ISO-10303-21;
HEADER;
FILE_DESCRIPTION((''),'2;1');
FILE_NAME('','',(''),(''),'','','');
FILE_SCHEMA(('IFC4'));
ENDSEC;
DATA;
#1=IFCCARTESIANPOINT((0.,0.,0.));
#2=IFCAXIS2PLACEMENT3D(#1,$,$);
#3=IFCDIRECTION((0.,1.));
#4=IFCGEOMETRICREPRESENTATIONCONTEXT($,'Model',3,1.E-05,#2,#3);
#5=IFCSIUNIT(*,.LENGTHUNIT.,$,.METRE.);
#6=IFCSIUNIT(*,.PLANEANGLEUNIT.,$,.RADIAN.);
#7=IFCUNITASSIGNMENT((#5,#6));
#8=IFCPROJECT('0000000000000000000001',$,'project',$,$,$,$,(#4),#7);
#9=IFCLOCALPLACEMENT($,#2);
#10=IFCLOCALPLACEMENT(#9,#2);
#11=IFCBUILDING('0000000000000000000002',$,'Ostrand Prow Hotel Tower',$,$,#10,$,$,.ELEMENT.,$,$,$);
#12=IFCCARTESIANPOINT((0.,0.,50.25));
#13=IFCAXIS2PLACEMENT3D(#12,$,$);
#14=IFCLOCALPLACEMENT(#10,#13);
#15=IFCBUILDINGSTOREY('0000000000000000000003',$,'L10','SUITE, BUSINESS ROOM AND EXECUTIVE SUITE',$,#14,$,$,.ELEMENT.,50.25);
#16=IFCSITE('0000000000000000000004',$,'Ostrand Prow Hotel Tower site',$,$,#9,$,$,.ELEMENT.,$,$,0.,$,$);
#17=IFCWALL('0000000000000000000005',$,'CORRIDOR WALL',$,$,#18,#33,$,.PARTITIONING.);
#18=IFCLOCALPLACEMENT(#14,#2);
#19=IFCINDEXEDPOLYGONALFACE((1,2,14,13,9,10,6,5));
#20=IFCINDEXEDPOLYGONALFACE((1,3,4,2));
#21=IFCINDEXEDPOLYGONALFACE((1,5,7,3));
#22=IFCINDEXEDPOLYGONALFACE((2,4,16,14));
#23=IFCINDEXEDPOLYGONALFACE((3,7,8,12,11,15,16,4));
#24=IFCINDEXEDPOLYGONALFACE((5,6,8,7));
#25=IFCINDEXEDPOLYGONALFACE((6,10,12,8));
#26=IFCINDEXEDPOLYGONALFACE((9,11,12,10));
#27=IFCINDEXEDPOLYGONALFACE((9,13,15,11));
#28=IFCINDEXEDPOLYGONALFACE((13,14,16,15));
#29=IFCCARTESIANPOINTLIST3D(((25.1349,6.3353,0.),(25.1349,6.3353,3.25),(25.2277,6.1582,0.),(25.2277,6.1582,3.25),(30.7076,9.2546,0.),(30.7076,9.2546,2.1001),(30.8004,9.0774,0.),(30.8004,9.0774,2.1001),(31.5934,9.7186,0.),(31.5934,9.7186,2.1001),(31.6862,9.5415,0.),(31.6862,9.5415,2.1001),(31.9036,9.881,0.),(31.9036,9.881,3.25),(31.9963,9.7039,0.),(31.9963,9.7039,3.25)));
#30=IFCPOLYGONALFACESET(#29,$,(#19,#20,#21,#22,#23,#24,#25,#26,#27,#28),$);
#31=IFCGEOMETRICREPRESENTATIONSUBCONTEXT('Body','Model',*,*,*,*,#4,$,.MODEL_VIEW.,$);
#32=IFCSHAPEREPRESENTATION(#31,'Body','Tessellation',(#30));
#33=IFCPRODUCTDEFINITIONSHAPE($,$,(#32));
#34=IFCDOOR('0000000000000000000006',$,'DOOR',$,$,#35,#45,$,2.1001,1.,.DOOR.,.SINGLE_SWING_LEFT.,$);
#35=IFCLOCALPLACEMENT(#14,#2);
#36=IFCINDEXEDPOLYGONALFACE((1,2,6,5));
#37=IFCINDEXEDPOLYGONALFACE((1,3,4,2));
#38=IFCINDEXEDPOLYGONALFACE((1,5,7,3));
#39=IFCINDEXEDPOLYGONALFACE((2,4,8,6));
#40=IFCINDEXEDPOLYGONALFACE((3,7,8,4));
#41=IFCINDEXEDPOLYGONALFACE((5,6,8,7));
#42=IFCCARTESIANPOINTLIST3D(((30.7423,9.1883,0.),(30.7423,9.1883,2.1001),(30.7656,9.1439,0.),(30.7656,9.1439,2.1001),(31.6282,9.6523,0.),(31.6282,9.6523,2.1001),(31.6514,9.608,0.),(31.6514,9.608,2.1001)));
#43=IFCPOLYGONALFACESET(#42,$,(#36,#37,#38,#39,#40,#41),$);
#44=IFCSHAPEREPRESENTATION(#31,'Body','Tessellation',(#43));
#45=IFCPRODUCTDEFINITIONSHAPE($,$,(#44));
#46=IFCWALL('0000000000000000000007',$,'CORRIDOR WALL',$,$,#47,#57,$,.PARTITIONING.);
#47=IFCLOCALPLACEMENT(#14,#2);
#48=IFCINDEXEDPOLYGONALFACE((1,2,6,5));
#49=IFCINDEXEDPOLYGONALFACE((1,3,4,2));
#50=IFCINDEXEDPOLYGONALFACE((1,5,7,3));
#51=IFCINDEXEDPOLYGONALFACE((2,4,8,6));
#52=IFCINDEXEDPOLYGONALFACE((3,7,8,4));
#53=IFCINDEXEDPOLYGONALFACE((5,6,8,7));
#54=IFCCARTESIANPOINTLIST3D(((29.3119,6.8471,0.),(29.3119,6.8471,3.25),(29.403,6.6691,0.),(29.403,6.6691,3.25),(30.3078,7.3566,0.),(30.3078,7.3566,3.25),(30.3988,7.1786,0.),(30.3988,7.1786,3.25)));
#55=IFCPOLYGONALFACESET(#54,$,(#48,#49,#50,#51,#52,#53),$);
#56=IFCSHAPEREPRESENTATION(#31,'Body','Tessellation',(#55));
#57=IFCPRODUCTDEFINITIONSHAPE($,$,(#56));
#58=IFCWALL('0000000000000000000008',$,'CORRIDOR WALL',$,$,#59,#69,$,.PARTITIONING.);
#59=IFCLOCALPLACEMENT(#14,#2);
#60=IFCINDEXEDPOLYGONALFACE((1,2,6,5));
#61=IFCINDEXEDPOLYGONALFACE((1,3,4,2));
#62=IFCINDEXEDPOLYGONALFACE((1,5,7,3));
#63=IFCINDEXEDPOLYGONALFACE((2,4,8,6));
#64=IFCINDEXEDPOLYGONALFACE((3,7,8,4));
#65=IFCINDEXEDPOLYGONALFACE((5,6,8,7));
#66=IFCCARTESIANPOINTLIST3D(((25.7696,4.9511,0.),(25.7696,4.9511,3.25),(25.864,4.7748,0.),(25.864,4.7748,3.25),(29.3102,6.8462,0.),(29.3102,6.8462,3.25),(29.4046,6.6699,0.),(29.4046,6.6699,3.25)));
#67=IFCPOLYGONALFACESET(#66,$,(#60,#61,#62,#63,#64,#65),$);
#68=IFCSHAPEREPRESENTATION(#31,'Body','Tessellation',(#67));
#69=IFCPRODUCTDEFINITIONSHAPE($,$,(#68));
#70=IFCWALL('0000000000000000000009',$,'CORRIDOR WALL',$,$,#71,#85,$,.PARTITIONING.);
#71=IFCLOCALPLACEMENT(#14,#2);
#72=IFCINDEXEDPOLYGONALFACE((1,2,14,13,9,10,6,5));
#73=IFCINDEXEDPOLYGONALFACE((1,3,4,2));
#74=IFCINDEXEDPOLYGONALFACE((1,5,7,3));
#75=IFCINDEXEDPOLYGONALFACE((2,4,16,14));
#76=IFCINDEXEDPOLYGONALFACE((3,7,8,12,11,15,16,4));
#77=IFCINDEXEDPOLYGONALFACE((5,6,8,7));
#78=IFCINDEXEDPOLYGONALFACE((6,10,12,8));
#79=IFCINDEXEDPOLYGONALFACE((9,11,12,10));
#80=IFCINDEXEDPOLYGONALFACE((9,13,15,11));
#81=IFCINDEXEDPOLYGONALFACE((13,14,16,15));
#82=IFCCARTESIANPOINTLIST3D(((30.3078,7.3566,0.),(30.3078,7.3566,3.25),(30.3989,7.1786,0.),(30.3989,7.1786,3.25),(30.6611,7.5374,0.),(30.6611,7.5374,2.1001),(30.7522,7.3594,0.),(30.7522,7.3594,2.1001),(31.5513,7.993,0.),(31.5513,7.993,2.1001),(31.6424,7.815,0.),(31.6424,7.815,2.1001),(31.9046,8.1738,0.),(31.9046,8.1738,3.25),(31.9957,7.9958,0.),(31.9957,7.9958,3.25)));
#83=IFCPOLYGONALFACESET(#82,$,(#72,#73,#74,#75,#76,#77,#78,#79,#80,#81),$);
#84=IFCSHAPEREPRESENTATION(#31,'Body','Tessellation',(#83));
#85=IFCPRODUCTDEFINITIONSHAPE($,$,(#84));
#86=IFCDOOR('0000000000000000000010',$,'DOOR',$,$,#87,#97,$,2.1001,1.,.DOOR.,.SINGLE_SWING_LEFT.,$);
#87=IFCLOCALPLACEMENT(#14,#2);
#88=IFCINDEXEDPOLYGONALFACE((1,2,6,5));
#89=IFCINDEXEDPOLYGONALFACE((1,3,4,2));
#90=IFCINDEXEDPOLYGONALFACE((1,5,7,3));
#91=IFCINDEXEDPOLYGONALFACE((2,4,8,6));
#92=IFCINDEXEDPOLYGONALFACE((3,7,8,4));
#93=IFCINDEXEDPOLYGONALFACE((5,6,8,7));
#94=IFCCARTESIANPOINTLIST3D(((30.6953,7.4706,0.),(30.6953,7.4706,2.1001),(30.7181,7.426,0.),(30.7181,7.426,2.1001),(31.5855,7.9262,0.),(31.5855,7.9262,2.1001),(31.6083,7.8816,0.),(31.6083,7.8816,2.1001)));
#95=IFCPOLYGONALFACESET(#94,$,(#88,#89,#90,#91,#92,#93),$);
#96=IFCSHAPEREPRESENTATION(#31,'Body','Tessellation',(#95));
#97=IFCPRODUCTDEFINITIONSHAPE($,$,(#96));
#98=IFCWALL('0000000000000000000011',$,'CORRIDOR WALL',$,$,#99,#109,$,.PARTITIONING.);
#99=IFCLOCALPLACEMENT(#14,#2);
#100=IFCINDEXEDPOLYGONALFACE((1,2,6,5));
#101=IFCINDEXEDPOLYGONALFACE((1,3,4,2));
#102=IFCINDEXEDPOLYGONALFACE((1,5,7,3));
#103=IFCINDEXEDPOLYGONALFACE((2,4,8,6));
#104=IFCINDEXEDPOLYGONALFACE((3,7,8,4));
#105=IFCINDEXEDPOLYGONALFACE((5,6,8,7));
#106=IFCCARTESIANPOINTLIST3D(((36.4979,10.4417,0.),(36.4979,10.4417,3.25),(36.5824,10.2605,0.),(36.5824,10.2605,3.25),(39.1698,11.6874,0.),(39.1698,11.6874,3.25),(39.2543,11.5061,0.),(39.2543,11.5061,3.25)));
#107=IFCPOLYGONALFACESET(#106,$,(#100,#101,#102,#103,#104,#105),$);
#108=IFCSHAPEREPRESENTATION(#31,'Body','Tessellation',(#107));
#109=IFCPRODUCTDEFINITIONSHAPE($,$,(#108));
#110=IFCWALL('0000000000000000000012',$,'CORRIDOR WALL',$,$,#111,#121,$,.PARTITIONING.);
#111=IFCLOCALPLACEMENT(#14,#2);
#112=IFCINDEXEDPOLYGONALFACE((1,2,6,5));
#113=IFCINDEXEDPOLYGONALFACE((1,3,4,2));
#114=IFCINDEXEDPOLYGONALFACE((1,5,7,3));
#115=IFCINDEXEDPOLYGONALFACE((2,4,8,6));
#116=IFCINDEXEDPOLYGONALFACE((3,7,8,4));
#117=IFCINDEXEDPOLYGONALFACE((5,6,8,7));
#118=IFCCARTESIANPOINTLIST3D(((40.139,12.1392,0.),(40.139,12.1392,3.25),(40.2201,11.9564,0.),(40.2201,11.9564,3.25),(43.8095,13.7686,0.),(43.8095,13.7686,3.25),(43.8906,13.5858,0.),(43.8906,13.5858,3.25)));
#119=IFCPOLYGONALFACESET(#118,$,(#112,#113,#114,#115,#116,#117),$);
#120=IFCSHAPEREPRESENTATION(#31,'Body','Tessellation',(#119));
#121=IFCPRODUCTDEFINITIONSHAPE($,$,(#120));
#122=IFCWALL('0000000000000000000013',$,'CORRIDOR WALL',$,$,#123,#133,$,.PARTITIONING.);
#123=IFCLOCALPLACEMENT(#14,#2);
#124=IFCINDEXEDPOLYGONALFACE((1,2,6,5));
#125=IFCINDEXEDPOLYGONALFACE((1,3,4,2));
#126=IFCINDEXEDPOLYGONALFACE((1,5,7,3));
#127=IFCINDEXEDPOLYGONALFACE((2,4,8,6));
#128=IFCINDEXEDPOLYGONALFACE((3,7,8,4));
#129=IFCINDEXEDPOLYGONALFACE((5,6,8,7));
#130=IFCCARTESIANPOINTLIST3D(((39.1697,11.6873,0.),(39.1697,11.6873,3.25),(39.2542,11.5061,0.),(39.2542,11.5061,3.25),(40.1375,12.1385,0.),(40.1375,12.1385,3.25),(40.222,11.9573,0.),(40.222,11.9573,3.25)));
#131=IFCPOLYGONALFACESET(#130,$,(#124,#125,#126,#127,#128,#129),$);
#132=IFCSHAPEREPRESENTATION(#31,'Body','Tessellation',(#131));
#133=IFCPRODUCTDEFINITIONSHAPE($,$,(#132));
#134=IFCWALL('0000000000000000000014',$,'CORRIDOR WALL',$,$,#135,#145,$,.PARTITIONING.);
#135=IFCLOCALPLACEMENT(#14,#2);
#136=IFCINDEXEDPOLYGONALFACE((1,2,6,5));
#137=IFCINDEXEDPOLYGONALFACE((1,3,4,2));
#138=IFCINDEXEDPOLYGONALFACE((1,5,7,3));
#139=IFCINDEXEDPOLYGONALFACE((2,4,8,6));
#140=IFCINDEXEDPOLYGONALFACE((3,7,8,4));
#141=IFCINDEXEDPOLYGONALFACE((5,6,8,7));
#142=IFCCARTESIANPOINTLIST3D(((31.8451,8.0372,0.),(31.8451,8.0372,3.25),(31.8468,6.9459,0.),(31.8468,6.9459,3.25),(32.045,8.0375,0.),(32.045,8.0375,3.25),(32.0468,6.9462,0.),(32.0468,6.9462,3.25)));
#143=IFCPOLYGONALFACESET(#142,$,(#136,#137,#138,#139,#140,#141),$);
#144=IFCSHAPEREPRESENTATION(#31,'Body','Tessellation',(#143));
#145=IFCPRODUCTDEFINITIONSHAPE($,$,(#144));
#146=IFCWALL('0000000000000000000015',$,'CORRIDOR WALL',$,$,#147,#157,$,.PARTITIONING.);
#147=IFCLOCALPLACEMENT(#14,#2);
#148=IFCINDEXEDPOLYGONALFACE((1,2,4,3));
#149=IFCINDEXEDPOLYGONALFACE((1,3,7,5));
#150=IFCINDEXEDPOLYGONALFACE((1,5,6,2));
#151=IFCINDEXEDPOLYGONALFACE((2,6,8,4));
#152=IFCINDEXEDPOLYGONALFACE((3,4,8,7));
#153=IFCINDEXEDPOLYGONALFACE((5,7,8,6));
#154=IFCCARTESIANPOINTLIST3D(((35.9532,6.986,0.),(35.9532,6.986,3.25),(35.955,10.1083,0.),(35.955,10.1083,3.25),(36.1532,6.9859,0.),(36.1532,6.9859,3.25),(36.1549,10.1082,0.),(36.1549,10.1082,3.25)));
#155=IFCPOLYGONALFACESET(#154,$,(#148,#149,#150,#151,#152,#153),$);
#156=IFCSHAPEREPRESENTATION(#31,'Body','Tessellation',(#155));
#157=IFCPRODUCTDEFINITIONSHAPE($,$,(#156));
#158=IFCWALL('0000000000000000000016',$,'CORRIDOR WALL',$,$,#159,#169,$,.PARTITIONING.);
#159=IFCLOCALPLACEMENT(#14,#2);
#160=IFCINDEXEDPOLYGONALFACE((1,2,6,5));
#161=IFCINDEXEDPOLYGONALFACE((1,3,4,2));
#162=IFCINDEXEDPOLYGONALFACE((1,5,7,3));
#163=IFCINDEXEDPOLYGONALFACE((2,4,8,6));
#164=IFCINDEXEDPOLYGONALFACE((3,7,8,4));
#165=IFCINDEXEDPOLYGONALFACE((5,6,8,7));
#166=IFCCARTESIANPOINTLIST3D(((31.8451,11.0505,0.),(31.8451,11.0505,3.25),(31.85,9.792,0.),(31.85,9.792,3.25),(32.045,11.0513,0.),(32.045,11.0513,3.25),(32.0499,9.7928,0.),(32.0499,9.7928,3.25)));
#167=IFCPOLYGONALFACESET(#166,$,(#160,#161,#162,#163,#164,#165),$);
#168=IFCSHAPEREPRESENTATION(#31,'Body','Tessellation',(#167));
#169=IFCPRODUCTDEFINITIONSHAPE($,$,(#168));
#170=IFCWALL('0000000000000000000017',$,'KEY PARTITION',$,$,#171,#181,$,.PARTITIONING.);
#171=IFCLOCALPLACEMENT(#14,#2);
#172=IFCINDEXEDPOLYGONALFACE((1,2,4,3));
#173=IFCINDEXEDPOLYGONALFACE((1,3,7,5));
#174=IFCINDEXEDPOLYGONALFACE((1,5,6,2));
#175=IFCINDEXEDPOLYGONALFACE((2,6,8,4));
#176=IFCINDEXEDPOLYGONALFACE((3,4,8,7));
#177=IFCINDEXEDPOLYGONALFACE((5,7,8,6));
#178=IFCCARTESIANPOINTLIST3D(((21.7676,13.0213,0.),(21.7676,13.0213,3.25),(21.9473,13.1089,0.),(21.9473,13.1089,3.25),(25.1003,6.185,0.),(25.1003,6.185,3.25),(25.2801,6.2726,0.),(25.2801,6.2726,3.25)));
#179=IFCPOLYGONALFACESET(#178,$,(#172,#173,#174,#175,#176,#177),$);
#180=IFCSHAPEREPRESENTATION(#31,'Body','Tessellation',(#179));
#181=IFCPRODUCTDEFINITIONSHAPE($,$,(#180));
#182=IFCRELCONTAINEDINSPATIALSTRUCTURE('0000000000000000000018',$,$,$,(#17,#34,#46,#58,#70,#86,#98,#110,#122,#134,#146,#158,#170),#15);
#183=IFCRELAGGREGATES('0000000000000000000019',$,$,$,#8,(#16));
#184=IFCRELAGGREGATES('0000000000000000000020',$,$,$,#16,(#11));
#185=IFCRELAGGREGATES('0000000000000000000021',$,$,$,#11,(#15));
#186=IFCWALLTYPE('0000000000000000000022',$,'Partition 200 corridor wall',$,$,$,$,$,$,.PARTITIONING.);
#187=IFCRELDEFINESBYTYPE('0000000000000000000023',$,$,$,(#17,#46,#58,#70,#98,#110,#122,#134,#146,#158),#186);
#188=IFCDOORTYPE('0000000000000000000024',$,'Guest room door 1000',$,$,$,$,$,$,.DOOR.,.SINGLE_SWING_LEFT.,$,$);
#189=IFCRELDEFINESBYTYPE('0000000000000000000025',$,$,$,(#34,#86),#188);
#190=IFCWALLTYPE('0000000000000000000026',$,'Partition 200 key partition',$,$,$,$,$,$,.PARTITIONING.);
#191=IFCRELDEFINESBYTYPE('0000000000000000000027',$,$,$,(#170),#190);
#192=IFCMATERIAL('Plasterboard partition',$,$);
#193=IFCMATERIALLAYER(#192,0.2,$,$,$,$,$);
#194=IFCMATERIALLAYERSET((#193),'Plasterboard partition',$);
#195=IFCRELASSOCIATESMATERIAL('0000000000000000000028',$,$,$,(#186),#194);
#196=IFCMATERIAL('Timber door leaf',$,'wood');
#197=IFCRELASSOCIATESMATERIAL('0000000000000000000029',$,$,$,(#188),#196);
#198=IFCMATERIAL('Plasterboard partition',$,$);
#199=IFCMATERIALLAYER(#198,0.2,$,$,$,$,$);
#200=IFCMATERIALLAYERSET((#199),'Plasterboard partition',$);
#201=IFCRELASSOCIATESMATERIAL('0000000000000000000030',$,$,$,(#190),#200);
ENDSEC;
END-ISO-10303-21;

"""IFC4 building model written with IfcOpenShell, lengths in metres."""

from ifc_helpers import new_model, si_unit, direction, frame, frame_2d, origin, place, context, subcontext, project, spatial, rectangle, extrude, material, layer, layer_set, type_object, element, fill, save


model = new_model("IFC4")

# Units and contexts
model_context = context("Model", 3, precision=1e-05, world=origin(), true_north=direction((0.0, 1.0)))
body_context = subcontext(model_context, "Body", "Model", "MODEL_VIEW")
ifc_project = project(units=[si_unit("LENGTHUNIT", "METRE"), si_unit("PLANEANGLEUNIT", "RADIAN")], contexts=[model_context])

# Site, building, storey
site_placement = place(None, origin())
site = spatial("IfcSite", under=ifc_project, at=site_placement, Name="Ostrand Prow Hotel Tower site", CompositionType="ELEMENT", RefElevation=0.0)
building_placement = place(site_placement, origin())
building = spatial("IfcBuilding", under=site, at=building_placement, Name="Ostrand Prow Hotel Tower", CompositionType="ELEMENT")
storey_placement = place(building_placement, frame((0.0, 0.0, 50.25)))
storey = spatial("IfcBuildingStorey", under=building, at=storey_placement, Name="L10", Description="SUITE, BUSINESS ROOM AND EXECUTIVE SUITE", CompositionType="ELEMENT", Elevation=50.25)

# Wall, opening, door
ifc_material_1 = material(Name="Plasterboard partition")
ifc_layer_1 = layer(ifc_material_1, 0.2)
ifc_layer_set_1 = layer_set([ifc_layer_1], Name="Plasterboard partition")
wall_type_1 = type_object("IfcWallType", Name="Partition 200 corridor wall", PredefinedType="PARTITIONING", material=ifc_layer_set_1)
wall_1_placement = place(storey_placement, frame((31.95, 9.7925, 0.0), z_axis=(0.0, 0.0, 1.0), x_axis=(-0.88582, -0.46403, 0.0)))
wall_1 = element("IfcWall", 1, at=wall_1_placement, inside=storey, type_object=wall_type_1, Name="CORRIDOR WALL", PredefinedType="PARTITIONING", context=body_context, shape_type="SweptSolid", body=[
    extrude(rectangle(XDim=7.6411, YDim=0.2, at=frame_2d((3.8206, 0.0))), origin(), (0.0, 0.0, 1.0), 3.25),
])
opening_1_placement = place(wall_1_placement, frame((0.3501, 0.0, 0.0)))
opening_1 = element("IfcOpeningElement", 2, at=opening_1_placement, cuts=wall_1, PredefinedType="OPENING", context=body_context, shape_type="SweptSolid", body=[
    extrude(rectangle(XDim=1.0, YDim=2.1001, at=frame_2d((0.5, 1.05))), frame((0.0, 0.1099, 0.0), z_axis=(0.0, -1.0, 0.0), x_axis=(1.0, 0.0, 0.0)), (0.0, 0.0, 1.0), 0.22),
])
ifc_material_2 = material(Name="Timber door leaf", Category="wood")
door_type_1 = type_object("IfcDoorType", Name="Guest room door 1000", OperationType="SINGLE_SWING_LEFT", PredefinedType="DOOR", material=ifc_material_2)
door_1_placement = place(opening_1_placement, origin())
door_1 = element("IfcDoor", 3, at=door_1_placement, inside=storey, type_object=door_type_1, Name="DOOR", OperationType="SINGLE_SWING_LEFT", OverallHeight=2.1001, OverallWidth=1.0, PredefinedType="DOOR", context=body_context, shape_type="SweptSolid", body=[
    extrude(rectangle(XDim=1.0, YDim=2.1001, at=frame_2d((0.5, 1.05))), frame((0.0, 0.0249, 0.0), z_axis=(0.0, -1.0, 0.0), x_axis=(1.0, 0.0, 0.0)), (0.0, 0.0, 1.0), 0.05),
])
fill(opening_1, door_1)

# Walls
wall_2_placement = place(storey_placement, frame((29.3574, 6.7581, 0.0), z_axis=(0.0, 0.0, 1.0), x_axis=(0.890242, 0.455488, 0.0)))
element("IfcWall", 4, at=wall_2_placement, inside=storey, type_object=wall_type_1, Name="CORRIDOR WALL", PredefinedType="PARTITIONING", context=body_context, shape_type="SweptSolid", body=[
    extrude(rectangle(XDim=1.1187, YDim=0.2, at=frame_2d((0.5593, 0.0))), origin(), (0.0, 0.0, 1.0), 3.25),
])
wall_3_placement = place(storey_placement, frame((25.8169, 4.863, 0.0), z_axis=(0.0, 0.0, 1.0), x_axis=(0.881655, 0.471894, 0.0)))
element("IfcWall", 5, at=wall_3_placement, inside=storey, type_object=wall_type_1, Name="CORRIDOR WALL", PredefinedType="PARTITIONING", context=body_context, shape_type="SweptSolid", body=[
    extrude(rectangle(XDim=4.0159, YDim=0.2, at=frame_2d((2.0078, 0.0))), origin(), (0.0, 0.0, 1.0), 3.25),
])

# Wall, opening, door
wall_4_placement = place(storey_placement, frame((30.3533, 7.2676, 0.0), z_axis=(0.0, 0.0, 1.0), x_axis=(0.890196, 0.455579, 0.0)))
wall_4 = element("IfcWall", 6, at=wall_4_placement, inside=storey, type_object=wall_type_1, Name="CORRIDOR WALL", PredefinedType="PARTITIONING", context=body_context, shape_type="SweptSolid", body=[
    extrude(rectangle(XDim=1.7937, YDim=0.2, at=frame_2d((0.897, 0.0))), origin(), (0.0, 0.0, 1.0), 3.25),
])
opening_2_placement = place(wall_4_placement, frame((0.397, 0.0, 0.0)))
opening_2 = element("IfcOpeningElement", 7, at=opening_2_placement, cuts=wall_4, PredefinedType="OPENING", context=body_context, shape_type="SweptSolid", body=[
    extrude(rectangle(XDim=1.0, YDim=2.1001, at=frame_2d((0.5, 1.05))), frame((0.0, 0.1099, 0.0), z_axis=(0.0, -1.0, 0.0), x_axis=(1.0, 0.0, 0.0)), (0.0, 0.0, 1.0), 0.22),
])
door_2_placement = place(opening_2_placement, origin())
door_2 = element("IfcDoor", 8, at=door_2_placement, inside=storey, type_object=door_type_1, Name="DOOR", OperationType="SINGLE_SWING_LEFT", OverallHeight=2.1001, OverallWidth=1.0, PredefinedType="DOOR", context=body_context, shape_type="SweptSolid", body=[
    extrude(rectangle(XDim=1.0, YDim=2.1001, at=frame_2d((0.5, 1.05))), frame((0.0, 0.0249, 0.0), z_axis=(0.0, -1.0, 0.0), x_axis=(1.0, 0.0, 0.0)), (0.0, 0.0, 1.0), 0.05),
])
fill(opening_2, door_2)

# Walls
wall_5_placement = place(storey_placement, frame((36.54, 10.3511, 0.0), z_axis=(0.0, 0.0, 1.0), x_axis=(0.906348, 0.422532, 0.0)))
element("IfcWall", 9, at=wall_5_placement, inside=storey, type_object=wall_type_1, Name="CORRIDOR WALL", PredefinedType="PARTITIONING", context=body_context, shape_type="SweptSolid", body=[
    extrude(rectangle(XDim=2.948, YDim=0.2, at=frame_2d((1.4741, 0.0))), origin(), (0.0, 0.0, 1.0), 3.25),
])
wall_6_placement = place(storey_placement, frame((40.1797, 12.0479, 0.0), z_axis=(0.0, 0.0, 1.0), x_axis=(0.913987, 0.405744, 0.0)))
element("IfcWall", 10, at=wall_6_placement, inside=storey, type_object=wall_type_1, Name="CORRIDOR WALL", PredefinedType="PARTITIONING", context=body_context, shape_type="SweptSolid", body=[
    extrude(rectangle(XDim=4.0159, YDim=0.2, at=frame_2d((2.0078, 0.0))), origin(), (0.0, 0.0, 1.0), 3.25),
])
wall_7_placement = place(storey_placement, frame((39.2119, 11.5967, 0.0), z_axis=(0.0, 0.0, 1.0), x_axis=(0.906347, 0.422535, 0.0)))
element("IfcWall", 11, at=wall_7_placement, inside=storey, type_object=wall_type_1, Name="CORRIDOR WALL", PredefinedType="PARTITIONING", context=body_context, shape_type="SweptSolid", body=[
    extrude(rectangle(XDim=1.0679, YDim=0.2, at=frame_2d((0.5339, 0.0))), origin(), (0.0, 0.0, 1.0), 3.25),
])
wall_8_placement = place(storey_placement, frame((31.9451, 8.0374, 0.0), z_axis=(0.0, 0.0, 1.0), x_axis=(0.001566, -0.999999, 0.0)))
element("IfcWall", 12, at=wall_8_placement, inside=storey, type_object=wall_type_1, Name="CORRIDOR WALL", PredefinedType="PARTITIONING", context=body_context, shape_type="SweptSolid", body=[
    extrude(rectangle(XDim=1.0913, YDim=0.2, at=frame_2d((0.5457, 0.0))), origin(), (0.0, 0.0, 1.0), 3.25),
])
wall_9_placement = place(storey_placement, frame((36.0532, 6.9861, 0.0), z_axis=(0.0, 0.0, 1.0), x_axis=(0.000547, 1.0, 0.0)))
element("IfcWall", 13, at=wall_9_placement, inside=storey, type_object=wall_type_1, Name="CORRIDOR WALL", PredefinedType="PARTITIONING", context=body_context, shape_type="SweptSolid", body=[
    extrude(rectangle(XDim=3.1223, YDim=0.2, at=frame_2d((1.561, 0.0))), origin(), (0.0, 0.0, 1.0), 3.25),
])
wall_10_placement = place(storey_placement, frame((31.9451, 11.051, 0.0), z_axis=(0.0, 0.0, 1.0), x_axis=(0.00388, -0.999992, 0.0)))
element("IfcWall", 14, at=wall_10_placement, inside=storey, type_object=wall_type_1, Name="CORRIDOR WALL", PredefinedType="PARTITIONING", context=body_context, shape_type="SweptSolid", body=[
    extrude(rectangle(XDim=1.2585, YDim=0.2, at=frame_2d((0.6294, 0.0))), origin(), (0.0, 0.0, 1.0), 3.25),
])
ifc_material_3 = material(Name="Plasterboard partition")
ifc_layer_2 = layer(ifc_material_3, 0.2)
ifc_layer_set_2 = layer_set([ifc_layer_2], Name="Plasterboard partition")
wall_type_2 = type_object("IfcWallType", Name="Partition 200 key partition", PredefinedType="PARTITIONING", material=ifc_layer_set_2)
wall_11_placement = place(storey_placement, frame((25.1902, 6.2288, 0.0), z_axis=(0.0, 0.0, 1.0), x_axis=(-0.438203, 0.898876, 0.0)))
element("IfcWall", 15, at=wall_11_placement, inside=storey, type_object=wall_type_2, Name="KEY PARTITION", PredefinedType="PARTITIONING", context=body_context, shape_type="SweptSolid", body=[
    extrude(rectangle(XDim=7.6055, YDim=0.2, at=frame_2d((3.8027, 0.0))), origin(), (0.0, 0.0, 1.0), 3.25),
])

save(model, "model.ifc")
